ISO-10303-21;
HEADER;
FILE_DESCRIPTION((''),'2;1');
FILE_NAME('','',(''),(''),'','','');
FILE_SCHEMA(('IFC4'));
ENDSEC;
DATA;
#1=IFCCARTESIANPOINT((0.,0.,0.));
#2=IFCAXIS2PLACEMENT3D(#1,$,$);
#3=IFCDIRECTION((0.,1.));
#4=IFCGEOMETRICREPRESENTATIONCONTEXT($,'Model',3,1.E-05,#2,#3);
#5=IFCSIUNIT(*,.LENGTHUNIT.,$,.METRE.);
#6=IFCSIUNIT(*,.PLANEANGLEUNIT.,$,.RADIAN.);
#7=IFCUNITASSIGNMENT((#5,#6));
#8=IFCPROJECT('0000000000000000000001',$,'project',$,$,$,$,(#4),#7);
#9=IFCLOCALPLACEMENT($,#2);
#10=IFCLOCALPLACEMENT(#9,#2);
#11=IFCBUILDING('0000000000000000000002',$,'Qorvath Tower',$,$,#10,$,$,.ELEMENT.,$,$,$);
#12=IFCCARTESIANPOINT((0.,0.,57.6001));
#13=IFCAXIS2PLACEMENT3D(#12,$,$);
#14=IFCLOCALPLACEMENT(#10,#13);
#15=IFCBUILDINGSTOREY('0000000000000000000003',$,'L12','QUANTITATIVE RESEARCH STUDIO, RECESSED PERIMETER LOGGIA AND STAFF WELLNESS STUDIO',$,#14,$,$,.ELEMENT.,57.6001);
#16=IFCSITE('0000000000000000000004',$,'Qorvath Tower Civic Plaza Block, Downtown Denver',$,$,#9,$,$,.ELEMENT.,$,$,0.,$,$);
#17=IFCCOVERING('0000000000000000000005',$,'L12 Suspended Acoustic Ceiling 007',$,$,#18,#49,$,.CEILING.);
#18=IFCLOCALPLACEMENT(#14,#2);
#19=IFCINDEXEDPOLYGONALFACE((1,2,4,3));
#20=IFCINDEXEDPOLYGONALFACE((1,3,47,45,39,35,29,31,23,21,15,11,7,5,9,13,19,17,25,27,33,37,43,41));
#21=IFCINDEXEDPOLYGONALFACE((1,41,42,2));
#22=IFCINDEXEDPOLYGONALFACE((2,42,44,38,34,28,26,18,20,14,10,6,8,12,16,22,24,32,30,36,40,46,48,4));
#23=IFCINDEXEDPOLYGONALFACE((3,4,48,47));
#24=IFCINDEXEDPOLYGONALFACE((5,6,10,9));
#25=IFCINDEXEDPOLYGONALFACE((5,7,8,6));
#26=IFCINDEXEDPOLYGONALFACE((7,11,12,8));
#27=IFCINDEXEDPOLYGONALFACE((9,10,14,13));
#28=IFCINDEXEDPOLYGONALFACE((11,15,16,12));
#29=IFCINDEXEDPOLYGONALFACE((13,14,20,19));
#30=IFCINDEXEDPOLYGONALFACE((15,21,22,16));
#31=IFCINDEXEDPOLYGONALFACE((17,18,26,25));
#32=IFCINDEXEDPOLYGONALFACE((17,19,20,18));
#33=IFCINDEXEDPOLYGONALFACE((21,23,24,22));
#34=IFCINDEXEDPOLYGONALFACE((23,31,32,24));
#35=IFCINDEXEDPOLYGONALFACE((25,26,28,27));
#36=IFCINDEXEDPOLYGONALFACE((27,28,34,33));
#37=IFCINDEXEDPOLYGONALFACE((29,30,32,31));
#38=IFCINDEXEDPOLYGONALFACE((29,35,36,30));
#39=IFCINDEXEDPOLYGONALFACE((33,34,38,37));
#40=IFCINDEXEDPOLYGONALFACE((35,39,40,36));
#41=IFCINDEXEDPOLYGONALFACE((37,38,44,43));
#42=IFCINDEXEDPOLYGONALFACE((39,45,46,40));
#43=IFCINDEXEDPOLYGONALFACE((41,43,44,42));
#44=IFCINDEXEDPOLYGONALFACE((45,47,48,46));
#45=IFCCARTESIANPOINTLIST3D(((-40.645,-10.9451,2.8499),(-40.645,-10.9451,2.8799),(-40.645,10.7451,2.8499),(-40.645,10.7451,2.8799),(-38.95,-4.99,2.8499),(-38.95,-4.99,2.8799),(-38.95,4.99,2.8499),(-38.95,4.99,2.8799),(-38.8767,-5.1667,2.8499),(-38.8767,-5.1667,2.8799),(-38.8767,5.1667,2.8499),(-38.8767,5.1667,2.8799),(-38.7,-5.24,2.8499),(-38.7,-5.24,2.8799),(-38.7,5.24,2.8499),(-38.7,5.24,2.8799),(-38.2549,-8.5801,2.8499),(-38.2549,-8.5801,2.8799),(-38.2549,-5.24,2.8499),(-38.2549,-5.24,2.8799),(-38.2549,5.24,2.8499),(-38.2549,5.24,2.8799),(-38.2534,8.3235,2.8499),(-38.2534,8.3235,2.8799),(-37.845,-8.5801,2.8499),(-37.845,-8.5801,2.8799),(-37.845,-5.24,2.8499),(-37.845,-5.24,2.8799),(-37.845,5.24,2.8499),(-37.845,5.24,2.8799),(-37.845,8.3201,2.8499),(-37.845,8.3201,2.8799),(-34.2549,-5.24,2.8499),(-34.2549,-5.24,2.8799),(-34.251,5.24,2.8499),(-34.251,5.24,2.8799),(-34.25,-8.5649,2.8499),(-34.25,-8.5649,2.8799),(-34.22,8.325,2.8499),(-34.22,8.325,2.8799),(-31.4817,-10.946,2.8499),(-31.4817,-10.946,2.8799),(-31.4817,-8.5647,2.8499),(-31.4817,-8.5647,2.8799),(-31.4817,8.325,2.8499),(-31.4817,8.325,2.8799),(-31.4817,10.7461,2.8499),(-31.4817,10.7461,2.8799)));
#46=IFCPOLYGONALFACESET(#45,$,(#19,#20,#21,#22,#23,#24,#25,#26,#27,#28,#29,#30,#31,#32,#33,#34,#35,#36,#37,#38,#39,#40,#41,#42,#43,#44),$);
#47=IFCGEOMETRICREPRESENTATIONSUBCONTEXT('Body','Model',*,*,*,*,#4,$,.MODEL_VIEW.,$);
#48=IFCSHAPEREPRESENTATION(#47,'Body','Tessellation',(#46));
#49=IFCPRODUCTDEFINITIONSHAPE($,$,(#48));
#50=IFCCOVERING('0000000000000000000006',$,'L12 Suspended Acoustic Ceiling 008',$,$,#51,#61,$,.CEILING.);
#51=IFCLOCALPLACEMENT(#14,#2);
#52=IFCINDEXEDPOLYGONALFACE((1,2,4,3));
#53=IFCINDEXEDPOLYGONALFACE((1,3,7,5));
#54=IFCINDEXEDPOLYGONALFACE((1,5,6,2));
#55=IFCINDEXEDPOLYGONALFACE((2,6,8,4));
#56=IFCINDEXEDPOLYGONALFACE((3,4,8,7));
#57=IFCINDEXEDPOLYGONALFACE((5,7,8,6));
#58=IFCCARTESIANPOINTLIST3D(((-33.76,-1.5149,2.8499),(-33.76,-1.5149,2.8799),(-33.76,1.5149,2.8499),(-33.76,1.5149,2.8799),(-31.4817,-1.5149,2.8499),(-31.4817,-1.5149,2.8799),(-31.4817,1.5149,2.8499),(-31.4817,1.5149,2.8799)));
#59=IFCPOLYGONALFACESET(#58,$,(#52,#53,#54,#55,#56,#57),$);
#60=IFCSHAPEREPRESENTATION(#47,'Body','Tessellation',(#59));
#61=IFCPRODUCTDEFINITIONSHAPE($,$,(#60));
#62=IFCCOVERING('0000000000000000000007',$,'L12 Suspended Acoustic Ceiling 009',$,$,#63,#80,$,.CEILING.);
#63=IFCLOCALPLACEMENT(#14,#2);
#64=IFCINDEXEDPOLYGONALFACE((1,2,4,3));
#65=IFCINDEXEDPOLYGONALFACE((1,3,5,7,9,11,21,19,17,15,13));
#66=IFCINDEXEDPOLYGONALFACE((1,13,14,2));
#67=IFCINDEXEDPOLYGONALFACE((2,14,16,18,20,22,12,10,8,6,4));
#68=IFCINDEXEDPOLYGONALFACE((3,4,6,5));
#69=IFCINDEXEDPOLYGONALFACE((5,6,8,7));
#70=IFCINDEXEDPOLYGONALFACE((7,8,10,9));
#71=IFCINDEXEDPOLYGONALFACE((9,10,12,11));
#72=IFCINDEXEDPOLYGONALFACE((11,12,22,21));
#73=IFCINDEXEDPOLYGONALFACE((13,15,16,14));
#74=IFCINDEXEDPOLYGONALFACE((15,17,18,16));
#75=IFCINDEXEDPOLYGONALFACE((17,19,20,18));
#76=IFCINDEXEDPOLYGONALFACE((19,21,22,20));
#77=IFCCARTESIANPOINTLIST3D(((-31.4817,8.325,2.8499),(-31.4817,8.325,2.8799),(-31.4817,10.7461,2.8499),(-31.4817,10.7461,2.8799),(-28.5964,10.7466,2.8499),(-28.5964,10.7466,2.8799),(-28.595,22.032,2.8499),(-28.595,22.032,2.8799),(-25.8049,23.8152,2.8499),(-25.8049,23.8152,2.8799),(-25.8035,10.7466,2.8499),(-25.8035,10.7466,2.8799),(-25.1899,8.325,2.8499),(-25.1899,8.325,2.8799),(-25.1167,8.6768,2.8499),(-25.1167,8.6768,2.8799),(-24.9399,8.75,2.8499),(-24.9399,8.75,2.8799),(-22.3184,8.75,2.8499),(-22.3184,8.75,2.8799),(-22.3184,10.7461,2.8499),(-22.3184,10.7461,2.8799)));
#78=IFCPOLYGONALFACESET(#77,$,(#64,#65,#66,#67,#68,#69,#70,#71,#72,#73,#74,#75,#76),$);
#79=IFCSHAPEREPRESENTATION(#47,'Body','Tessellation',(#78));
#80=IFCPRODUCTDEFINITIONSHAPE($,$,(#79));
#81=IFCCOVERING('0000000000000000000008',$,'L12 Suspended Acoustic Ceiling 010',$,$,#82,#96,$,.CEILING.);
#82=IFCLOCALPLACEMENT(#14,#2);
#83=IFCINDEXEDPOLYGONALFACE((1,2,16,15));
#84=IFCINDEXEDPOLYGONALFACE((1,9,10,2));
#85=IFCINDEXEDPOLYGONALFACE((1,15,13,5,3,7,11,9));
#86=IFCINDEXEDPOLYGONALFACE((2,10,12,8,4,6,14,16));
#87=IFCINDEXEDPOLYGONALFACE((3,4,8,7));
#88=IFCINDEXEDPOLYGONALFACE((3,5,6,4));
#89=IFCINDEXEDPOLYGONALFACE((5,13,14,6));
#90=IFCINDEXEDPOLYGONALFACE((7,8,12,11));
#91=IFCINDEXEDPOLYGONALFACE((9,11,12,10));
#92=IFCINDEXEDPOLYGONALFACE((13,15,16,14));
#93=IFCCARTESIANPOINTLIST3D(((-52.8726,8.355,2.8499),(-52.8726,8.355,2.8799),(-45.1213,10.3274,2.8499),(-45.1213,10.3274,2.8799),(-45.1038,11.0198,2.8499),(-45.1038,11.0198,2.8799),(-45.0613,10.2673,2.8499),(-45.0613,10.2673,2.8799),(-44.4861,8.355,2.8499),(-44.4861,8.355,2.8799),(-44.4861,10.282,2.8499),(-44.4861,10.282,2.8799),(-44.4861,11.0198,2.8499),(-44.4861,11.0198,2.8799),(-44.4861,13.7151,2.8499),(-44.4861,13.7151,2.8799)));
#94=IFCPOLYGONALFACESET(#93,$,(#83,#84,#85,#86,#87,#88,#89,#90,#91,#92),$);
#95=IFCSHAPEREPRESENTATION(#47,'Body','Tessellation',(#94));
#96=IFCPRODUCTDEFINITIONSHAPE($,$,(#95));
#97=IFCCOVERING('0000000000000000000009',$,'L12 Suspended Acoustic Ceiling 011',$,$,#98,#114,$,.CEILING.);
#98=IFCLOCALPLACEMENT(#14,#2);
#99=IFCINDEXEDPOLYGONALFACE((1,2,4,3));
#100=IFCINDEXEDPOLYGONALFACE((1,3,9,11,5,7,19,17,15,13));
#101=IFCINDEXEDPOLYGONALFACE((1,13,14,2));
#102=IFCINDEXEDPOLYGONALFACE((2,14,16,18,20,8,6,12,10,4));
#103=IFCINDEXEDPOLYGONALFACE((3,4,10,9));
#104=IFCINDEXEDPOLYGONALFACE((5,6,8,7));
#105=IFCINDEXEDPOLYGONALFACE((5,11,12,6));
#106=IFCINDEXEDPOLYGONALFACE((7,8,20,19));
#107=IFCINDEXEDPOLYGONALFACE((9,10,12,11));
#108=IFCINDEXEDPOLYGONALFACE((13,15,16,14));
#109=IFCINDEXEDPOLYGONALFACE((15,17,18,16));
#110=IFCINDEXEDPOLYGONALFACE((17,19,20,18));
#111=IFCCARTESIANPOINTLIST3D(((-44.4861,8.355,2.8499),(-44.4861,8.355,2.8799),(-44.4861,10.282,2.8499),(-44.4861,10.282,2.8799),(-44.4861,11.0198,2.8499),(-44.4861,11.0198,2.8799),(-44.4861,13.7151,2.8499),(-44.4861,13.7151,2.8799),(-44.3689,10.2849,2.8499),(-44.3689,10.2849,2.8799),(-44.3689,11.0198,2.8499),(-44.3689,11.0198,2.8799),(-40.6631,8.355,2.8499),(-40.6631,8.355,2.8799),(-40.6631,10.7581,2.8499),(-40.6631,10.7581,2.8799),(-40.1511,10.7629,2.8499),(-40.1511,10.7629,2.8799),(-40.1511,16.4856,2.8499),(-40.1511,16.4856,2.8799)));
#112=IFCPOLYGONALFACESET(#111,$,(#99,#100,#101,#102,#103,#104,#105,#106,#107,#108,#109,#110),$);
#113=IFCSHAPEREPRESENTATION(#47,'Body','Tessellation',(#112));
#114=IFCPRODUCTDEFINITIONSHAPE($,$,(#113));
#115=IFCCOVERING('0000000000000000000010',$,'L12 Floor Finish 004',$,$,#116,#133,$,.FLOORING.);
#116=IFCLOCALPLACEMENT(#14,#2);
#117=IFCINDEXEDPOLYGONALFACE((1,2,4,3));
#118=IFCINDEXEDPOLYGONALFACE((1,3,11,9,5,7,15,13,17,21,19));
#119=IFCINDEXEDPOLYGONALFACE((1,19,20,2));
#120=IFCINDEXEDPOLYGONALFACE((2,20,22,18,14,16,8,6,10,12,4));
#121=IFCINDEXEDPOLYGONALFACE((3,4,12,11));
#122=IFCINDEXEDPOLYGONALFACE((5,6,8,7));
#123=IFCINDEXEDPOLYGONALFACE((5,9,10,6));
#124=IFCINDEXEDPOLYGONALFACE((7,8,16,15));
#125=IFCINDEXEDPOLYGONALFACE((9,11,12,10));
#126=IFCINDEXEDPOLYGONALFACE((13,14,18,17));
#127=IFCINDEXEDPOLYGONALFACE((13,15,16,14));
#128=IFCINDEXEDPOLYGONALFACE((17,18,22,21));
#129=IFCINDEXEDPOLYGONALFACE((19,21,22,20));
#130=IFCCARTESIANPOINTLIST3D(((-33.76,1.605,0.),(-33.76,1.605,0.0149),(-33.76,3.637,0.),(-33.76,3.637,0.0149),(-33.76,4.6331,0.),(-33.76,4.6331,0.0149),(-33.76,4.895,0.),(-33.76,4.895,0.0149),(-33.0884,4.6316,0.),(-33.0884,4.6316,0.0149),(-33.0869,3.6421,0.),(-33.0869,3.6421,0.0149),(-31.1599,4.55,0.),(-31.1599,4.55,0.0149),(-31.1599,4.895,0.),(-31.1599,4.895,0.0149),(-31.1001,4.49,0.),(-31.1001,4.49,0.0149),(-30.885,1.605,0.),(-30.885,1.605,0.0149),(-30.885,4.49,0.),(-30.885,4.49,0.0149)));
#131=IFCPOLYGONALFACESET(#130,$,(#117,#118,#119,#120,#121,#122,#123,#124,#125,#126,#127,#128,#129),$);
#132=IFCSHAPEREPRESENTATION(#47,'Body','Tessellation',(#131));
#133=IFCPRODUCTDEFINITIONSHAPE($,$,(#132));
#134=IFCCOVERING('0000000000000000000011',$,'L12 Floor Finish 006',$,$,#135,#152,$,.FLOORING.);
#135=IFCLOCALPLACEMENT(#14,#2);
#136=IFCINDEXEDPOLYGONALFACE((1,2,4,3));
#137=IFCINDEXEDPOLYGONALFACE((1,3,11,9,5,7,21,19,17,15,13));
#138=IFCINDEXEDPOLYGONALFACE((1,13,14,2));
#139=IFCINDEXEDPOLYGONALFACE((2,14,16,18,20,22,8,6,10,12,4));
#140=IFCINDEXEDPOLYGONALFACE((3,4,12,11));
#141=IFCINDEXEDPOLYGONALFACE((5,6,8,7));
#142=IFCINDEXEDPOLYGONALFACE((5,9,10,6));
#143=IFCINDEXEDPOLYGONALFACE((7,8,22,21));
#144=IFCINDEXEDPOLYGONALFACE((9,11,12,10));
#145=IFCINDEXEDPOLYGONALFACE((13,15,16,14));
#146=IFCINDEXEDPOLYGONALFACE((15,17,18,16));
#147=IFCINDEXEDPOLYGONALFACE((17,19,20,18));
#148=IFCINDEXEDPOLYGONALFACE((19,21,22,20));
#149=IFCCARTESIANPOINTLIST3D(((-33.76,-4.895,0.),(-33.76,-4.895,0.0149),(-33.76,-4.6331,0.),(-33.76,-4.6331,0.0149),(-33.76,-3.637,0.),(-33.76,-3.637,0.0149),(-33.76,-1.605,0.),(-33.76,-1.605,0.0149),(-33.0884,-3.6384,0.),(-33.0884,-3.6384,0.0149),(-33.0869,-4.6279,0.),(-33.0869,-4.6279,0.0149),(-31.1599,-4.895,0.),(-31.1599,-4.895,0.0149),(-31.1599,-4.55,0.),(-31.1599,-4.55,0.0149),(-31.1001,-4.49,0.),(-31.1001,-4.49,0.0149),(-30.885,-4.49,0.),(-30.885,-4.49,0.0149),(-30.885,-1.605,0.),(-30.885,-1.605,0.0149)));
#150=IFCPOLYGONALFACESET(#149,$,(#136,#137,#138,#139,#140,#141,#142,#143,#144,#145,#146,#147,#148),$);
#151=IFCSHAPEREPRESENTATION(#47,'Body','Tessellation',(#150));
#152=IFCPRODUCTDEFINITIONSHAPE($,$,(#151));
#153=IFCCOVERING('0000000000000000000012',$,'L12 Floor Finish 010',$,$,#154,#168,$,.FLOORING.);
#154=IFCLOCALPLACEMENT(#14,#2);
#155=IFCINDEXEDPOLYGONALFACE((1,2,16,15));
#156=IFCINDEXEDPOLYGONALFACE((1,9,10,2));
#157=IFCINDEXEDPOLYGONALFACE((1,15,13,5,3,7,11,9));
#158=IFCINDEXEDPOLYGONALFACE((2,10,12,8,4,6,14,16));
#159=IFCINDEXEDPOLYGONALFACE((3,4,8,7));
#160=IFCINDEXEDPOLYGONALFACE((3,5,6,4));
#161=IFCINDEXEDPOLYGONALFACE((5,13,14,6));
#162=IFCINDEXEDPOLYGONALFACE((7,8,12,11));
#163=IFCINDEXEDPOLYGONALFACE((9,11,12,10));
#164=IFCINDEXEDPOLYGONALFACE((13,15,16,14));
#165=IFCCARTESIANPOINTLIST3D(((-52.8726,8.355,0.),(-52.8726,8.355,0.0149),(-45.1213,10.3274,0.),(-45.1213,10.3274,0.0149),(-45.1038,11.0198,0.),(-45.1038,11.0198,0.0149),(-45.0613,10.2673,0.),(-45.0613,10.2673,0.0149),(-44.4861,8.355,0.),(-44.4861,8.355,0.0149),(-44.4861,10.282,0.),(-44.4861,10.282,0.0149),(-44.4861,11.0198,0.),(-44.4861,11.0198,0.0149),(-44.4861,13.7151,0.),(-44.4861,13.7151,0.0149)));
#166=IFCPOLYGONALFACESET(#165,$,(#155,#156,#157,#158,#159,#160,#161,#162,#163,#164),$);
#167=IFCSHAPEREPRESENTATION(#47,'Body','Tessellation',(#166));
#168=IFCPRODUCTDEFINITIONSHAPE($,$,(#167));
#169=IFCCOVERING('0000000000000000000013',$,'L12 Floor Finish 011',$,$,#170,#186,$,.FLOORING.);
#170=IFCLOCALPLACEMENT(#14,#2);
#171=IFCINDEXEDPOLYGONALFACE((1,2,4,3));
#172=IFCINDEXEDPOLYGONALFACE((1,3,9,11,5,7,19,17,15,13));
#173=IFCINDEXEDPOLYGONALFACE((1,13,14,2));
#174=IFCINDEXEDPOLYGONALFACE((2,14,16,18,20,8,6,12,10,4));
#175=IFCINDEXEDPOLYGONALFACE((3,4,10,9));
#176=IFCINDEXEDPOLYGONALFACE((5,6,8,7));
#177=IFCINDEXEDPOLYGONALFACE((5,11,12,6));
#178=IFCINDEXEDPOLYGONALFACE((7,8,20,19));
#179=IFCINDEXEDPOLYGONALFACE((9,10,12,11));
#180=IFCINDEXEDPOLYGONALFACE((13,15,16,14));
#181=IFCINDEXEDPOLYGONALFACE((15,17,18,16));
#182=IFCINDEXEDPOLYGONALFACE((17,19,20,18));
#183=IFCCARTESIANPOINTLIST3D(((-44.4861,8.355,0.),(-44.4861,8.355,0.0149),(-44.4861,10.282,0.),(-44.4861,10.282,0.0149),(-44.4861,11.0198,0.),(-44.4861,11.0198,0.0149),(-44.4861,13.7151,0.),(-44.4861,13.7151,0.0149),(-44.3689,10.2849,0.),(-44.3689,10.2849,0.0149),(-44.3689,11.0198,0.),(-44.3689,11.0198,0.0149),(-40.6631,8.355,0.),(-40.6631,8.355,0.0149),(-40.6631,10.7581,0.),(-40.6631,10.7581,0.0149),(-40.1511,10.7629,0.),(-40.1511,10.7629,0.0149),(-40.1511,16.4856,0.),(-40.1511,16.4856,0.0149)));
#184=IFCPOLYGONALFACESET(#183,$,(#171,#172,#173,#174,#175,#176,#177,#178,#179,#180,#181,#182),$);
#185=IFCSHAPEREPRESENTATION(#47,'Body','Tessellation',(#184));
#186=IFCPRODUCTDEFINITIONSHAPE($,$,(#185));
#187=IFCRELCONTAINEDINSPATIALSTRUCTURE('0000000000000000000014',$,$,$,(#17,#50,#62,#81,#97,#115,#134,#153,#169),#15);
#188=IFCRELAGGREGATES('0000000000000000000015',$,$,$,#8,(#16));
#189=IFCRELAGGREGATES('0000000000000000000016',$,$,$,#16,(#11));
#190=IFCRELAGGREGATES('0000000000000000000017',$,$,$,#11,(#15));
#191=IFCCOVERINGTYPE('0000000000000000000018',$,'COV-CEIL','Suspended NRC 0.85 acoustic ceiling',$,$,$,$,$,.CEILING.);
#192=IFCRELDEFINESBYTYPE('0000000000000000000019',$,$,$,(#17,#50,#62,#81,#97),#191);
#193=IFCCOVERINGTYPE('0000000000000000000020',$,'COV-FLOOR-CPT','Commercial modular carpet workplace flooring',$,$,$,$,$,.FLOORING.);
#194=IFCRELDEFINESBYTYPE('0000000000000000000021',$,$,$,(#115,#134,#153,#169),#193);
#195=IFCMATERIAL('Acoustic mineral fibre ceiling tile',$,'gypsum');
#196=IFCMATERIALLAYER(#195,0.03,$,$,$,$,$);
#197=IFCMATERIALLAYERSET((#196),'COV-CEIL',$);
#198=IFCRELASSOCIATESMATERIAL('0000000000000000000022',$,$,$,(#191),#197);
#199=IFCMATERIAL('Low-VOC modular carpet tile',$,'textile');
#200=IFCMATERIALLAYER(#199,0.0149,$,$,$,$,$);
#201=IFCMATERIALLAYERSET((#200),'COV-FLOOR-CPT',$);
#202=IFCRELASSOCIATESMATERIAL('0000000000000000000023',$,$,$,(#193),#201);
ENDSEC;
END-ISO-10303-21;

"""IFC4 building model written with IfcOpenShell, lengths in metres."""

from ifc_helpers import new_model, si_unit, direction, frame, origin, place, context, subcontext, project, spatial, polyline, outline, extrude, material, layer, layer_set, type_object, element, save


model = new_model("IFC4")

# Units and contexts
model_context = context("Model", 3, precision=1e-05, world=origin(), true_north=direction((0.0, 1.0)))
body_context = subcontext(model_context, "Body", "Model", "MODEL_VIEW")
ifc_project = project(units=[si_unit("LENGTHUNIT", "METRE"), si_unit("PLANEANGLEUNIT", "RADIAN")], contexts=[model_context])

# Site, building, storey
site_placement = place(None, origin())
site = spatial("IfcSite", under=ifc_project, at=site_placement, Name="Qorvath Tower Civic Plaza Block, Downtown Denver", CompositionType="ELEMENT", RefElevation=0.0)
building_placement = place(site_placement, origin())
building = spatial("IfcBuilding", under=site, at=building_placement, Name="Qorvath Tower", CompositionType="ELEMENT")
storey_placement = place(building_placement, frame((0.0, 0.0, 57.6001)))
storey = spatial("IfcBuildingStorey", under=building, at=storey_placement, Name="L12", Description="QUANTITATIVE RESEARCH STUDIO, RECESSED PERIMETER LOGGIA AND STAFF WELLNESS STUDIO", CompositionType="ELEMENT", Elevation=57.6001)

# Coverings
ifc_material_1 = material(Name="Acoustic mineral fibre ceiling tile", Category="gypsum")
ifc_layer_1 = layer(ifc_material_1, 0.03)
ifc_layer_set_1 = layer_set([ifc_layer_1], Name="COV-CEIL")
covering_type_1 = type_object("IfcCoveringType", Name="COV-CEIL", Description="Suspended NRC 0.85 acoustic ceiling", PredefinedType="CEILING", material=ifc_layer_set_1)
covering_1_placement = place(storey_placement, frame((0.0, 0.0, 2.8499)))
element("IfcCovering", 1, at=covering_1_placement, inside=storey, type_object=covering_type_1, Name="L12 Suspended Acoustic Ceiling 007", PredefinedType="CEILING", context=body_context, shape_type="SweptSolid", body=[
    extrude(outline(polyline([(-31.4817, -10.946), (-31.4817, -8.5647), (-34.25, -8.5649), (-34.2549, -5.24), (-37.845, -5.24), (-37.845, -8.5801), (-38.2549, -8.5801), (-38.2549, -5.24), (-38.7, -5.24), (-38.8767, -5.1667), (-38.95, -4.99), (-38.95, 4.99), (-38.8767, 5.1667), (-38.7, 5.24), (-38.2549, 5.24), (-38.2534, 8.3235), (-37.845, 8.3201), (-37.845, 5.24), (-34.251, 5.24), (-34.22, 8.325), (-31.4817, 8.325), (-31.4817, 10.7461), (-40.645, 10.7451), (-40.645, -10.9451), (-31.4817, -10.946)])), origin(), (0.0, 0.0, 1.0), 0.03),
])
covering_2_placement = place(storey_placement, frame((0.0, 0.0, 2.8499)))
element("IfcCovering", 2, at=covering_2_placement, inside=storey, type_object=covering_type_1, Name="L12 Suspended Acoustic Ceiling 008", PredefinedType="CEILING", context=body_context, shape_type="SweptSolid", body=[
    extrude(outline(polyline([(-31.4817, -1.5149), (-31.4817, 1.5149), (-33.76, 1.5149), (-33.76, -1.5149), (-31.4817, -1.5149)])), origin(), (0.0, 0.0, 1.0), 0.03),
])
covering_3_placement = place(storey_placement, frame((0.0, 0.0, 2.8499)))
element("IfcCovering", 3, at=covering_3_placement, inside=storey, type_object=covering_type_1, Name="L12 Suspended Acoustic Ceiling 009", PredefinedType="CEILING", context=body_context, shape_type="SweptSolid", body=[
    extrude(outline(polyline([(-31.4817, 10.7461), (-31.4817, 8.325), (-25.1899, 8.325), (-25.1167, 8.6768), (-24.9399, 8.75), (-22.3184, 8.75), (-22.3184, 10.7461), (-25.8035, 10.7466), (-25.8049, 23.8152), (-28.595, 22.032), (-28.5964, 10.7466), (-31.4817, 10.7461)])), origin(), (0.0, 0.0, 1.0), 0.03),
])
covering_4_placement = place(storey_placement, frame((0.0, 0.0, 2.8499)))
element("IfcCovering", 4, at=covering_4_placement, inside=storey, type_object=covering_type_1, Name="L12 Suspended Acoustic Ceiling 010", PredefinedType="CEILING", context=body_context, shape_type="SweptSolid", body=[
    extrude(outline(polyline([(-44.4861, 8.355), (-44.4861, 10.282), (-45.0613, 10.2673), (-45.1213, 10.3274), (-45.1038, 11.0198), (-44.4861, 11.0198), (-44.4861, 13.7151), (-52.8726, 8.355), (-44.4861, 8.355)])), origin(), (0.0, 0.0, 1.0), 0.03),
])
covering_5_placement = place(storey_placement, frame((0.0, 0.0, 2.8499)))
element("IfcCovering", 5, at=covering_5_placement, inside=storey, type_object=covering_type_1, Name="L12 Suspended Acoustic Ceiling 011", PredefinedType="CEILING", context=body_context, shape_type="SweptSolid", body=[
    extrude(outline(polyline([(-40.1511, 10.7629), (-40.1511, 16.4856), (-44.4861, 13.7151), (-44.4861, 11.0198), (-44.3689, 11.0198), (-44.3689, 10.2849), (-44.4861, 10.282), (-44.4861, 8.355), (-40.6631, 8.355), (-40.6631, 10.7581), (-40.1511, 10.7629)])), origin(), (0.0, 0.0, 1.0), 0.03),
])
ifc_material_2 = material(Name="Low-VOC modular carpet tile", Category="textile")
ifc_layer_2 = layer(ifc_material_2, 0.0149)
ifc_layer_set_2 = layer_set([ifc_layer_2], Name="COV-FLOOR-CPT")
covering_type_2 = type_object("IfcCoveringType", Name="COV-FLOOR-CPT", Description="Commercial modular carpet workplace flooring", PredefinedType="FLOORING", material=ifc_layer_set_2)
covering_6_placement = place(storey_placement, origin())
element("IfcCovering", 6, at=covering_6_placement, inside=storey, type_object=covering_type_2, Name="L12 Floor Finish 004", PredefinedType="FLOORING", context=body_context, shape_type="SweptSolid", body=[
    extrude(outline(polyline([(-31.1599, 4.895), (-33.76, 4.895), (-33.76, 4.6331), (-33.0884, 4.6316), (-33.0869, 3.6421), (-33.76, 3.637), (-33.76, 1.605), (-30.885, 1.605), (-30.885, 4.49), (-31.1001, 4.49), (-31.1599, 4.55), (-31.1599, 4.895)])), origin(), (0.0, 0.0, 1.0), 0.0149),
])
covering_7_placement = place(storey_placement, origin())
element("IfcCovering", 7, at=covering_7_placement, inside=storey, type_object=covering_type_2, Name="L12 Floor Finish 006", PredefinedType="FLOORING", context=body_context, shape_type="SweptSolid", body=[
    extrude(outline(polyline([(-30.885, -4.49), (-30.885, -1.605), (-33.76, -1.605), (-33.76, -3.637), (-33.0884, -3.6384), (-33.0869, -4.6279), (-33.76, -4.6331), (-33.76, -4.895), (-31.1599, -4.895), (-31.1599, -4.55), (-31.1001, -4.49), (-30.885, -4.49)])), origin(), (0.0, 0.0, 1.0), 0.0149),
])
covering_8_placement = place(storey_placement, origin())
element("IfcCovering", 8, at=covering_8_placement, inside=storey, type_object=covering_type_2, Name="L12 Floor Finish 010", PredefinedType="FLOORING", context=body_context, shape_type="SweptSolid", body=[
    extrude(outline(polyline([(-44.4861, 8.355), (-44.4861, 10.282), (-45.0613, 10.2673), (-45.1213, 10.3274), (-45.1038, 11.0198), (-44.4861, 11.0198), (-44.4861, 13.7151), (-52.8726, 8.355), (-44.4861, 8.355)])), origin(), (0.0, 0.0, 1.0), 0.0149),
])
covering_9_placement = place(storey_placement, origin())
element("IfcCovering", 9, at=covering_9_placement, inside=storey, type_object=covering_type_2, Name="L12 Floor Finish 011", PredefinedType="FLOORING", context=body_context, shape_type="SweptSolid", body=[
    extrude(outline(polyline([(-40.1511, 10.7629), (-40.1511, 16.4856), (-44.4861, 13.7151), (-44.4861, 11.0198), (-44.3689, 11.0198), (-44.3689, 10.2849), (-44.4861, 10.282), (-44.4861, 8.355), (-40.6631, 8.355), (-40.6631, 10.7581), (-40.1511, 10.7629)])), origin(), (0.0, 0.0, 1.0), 0.0149),
])

save(model, "model.ifc")
